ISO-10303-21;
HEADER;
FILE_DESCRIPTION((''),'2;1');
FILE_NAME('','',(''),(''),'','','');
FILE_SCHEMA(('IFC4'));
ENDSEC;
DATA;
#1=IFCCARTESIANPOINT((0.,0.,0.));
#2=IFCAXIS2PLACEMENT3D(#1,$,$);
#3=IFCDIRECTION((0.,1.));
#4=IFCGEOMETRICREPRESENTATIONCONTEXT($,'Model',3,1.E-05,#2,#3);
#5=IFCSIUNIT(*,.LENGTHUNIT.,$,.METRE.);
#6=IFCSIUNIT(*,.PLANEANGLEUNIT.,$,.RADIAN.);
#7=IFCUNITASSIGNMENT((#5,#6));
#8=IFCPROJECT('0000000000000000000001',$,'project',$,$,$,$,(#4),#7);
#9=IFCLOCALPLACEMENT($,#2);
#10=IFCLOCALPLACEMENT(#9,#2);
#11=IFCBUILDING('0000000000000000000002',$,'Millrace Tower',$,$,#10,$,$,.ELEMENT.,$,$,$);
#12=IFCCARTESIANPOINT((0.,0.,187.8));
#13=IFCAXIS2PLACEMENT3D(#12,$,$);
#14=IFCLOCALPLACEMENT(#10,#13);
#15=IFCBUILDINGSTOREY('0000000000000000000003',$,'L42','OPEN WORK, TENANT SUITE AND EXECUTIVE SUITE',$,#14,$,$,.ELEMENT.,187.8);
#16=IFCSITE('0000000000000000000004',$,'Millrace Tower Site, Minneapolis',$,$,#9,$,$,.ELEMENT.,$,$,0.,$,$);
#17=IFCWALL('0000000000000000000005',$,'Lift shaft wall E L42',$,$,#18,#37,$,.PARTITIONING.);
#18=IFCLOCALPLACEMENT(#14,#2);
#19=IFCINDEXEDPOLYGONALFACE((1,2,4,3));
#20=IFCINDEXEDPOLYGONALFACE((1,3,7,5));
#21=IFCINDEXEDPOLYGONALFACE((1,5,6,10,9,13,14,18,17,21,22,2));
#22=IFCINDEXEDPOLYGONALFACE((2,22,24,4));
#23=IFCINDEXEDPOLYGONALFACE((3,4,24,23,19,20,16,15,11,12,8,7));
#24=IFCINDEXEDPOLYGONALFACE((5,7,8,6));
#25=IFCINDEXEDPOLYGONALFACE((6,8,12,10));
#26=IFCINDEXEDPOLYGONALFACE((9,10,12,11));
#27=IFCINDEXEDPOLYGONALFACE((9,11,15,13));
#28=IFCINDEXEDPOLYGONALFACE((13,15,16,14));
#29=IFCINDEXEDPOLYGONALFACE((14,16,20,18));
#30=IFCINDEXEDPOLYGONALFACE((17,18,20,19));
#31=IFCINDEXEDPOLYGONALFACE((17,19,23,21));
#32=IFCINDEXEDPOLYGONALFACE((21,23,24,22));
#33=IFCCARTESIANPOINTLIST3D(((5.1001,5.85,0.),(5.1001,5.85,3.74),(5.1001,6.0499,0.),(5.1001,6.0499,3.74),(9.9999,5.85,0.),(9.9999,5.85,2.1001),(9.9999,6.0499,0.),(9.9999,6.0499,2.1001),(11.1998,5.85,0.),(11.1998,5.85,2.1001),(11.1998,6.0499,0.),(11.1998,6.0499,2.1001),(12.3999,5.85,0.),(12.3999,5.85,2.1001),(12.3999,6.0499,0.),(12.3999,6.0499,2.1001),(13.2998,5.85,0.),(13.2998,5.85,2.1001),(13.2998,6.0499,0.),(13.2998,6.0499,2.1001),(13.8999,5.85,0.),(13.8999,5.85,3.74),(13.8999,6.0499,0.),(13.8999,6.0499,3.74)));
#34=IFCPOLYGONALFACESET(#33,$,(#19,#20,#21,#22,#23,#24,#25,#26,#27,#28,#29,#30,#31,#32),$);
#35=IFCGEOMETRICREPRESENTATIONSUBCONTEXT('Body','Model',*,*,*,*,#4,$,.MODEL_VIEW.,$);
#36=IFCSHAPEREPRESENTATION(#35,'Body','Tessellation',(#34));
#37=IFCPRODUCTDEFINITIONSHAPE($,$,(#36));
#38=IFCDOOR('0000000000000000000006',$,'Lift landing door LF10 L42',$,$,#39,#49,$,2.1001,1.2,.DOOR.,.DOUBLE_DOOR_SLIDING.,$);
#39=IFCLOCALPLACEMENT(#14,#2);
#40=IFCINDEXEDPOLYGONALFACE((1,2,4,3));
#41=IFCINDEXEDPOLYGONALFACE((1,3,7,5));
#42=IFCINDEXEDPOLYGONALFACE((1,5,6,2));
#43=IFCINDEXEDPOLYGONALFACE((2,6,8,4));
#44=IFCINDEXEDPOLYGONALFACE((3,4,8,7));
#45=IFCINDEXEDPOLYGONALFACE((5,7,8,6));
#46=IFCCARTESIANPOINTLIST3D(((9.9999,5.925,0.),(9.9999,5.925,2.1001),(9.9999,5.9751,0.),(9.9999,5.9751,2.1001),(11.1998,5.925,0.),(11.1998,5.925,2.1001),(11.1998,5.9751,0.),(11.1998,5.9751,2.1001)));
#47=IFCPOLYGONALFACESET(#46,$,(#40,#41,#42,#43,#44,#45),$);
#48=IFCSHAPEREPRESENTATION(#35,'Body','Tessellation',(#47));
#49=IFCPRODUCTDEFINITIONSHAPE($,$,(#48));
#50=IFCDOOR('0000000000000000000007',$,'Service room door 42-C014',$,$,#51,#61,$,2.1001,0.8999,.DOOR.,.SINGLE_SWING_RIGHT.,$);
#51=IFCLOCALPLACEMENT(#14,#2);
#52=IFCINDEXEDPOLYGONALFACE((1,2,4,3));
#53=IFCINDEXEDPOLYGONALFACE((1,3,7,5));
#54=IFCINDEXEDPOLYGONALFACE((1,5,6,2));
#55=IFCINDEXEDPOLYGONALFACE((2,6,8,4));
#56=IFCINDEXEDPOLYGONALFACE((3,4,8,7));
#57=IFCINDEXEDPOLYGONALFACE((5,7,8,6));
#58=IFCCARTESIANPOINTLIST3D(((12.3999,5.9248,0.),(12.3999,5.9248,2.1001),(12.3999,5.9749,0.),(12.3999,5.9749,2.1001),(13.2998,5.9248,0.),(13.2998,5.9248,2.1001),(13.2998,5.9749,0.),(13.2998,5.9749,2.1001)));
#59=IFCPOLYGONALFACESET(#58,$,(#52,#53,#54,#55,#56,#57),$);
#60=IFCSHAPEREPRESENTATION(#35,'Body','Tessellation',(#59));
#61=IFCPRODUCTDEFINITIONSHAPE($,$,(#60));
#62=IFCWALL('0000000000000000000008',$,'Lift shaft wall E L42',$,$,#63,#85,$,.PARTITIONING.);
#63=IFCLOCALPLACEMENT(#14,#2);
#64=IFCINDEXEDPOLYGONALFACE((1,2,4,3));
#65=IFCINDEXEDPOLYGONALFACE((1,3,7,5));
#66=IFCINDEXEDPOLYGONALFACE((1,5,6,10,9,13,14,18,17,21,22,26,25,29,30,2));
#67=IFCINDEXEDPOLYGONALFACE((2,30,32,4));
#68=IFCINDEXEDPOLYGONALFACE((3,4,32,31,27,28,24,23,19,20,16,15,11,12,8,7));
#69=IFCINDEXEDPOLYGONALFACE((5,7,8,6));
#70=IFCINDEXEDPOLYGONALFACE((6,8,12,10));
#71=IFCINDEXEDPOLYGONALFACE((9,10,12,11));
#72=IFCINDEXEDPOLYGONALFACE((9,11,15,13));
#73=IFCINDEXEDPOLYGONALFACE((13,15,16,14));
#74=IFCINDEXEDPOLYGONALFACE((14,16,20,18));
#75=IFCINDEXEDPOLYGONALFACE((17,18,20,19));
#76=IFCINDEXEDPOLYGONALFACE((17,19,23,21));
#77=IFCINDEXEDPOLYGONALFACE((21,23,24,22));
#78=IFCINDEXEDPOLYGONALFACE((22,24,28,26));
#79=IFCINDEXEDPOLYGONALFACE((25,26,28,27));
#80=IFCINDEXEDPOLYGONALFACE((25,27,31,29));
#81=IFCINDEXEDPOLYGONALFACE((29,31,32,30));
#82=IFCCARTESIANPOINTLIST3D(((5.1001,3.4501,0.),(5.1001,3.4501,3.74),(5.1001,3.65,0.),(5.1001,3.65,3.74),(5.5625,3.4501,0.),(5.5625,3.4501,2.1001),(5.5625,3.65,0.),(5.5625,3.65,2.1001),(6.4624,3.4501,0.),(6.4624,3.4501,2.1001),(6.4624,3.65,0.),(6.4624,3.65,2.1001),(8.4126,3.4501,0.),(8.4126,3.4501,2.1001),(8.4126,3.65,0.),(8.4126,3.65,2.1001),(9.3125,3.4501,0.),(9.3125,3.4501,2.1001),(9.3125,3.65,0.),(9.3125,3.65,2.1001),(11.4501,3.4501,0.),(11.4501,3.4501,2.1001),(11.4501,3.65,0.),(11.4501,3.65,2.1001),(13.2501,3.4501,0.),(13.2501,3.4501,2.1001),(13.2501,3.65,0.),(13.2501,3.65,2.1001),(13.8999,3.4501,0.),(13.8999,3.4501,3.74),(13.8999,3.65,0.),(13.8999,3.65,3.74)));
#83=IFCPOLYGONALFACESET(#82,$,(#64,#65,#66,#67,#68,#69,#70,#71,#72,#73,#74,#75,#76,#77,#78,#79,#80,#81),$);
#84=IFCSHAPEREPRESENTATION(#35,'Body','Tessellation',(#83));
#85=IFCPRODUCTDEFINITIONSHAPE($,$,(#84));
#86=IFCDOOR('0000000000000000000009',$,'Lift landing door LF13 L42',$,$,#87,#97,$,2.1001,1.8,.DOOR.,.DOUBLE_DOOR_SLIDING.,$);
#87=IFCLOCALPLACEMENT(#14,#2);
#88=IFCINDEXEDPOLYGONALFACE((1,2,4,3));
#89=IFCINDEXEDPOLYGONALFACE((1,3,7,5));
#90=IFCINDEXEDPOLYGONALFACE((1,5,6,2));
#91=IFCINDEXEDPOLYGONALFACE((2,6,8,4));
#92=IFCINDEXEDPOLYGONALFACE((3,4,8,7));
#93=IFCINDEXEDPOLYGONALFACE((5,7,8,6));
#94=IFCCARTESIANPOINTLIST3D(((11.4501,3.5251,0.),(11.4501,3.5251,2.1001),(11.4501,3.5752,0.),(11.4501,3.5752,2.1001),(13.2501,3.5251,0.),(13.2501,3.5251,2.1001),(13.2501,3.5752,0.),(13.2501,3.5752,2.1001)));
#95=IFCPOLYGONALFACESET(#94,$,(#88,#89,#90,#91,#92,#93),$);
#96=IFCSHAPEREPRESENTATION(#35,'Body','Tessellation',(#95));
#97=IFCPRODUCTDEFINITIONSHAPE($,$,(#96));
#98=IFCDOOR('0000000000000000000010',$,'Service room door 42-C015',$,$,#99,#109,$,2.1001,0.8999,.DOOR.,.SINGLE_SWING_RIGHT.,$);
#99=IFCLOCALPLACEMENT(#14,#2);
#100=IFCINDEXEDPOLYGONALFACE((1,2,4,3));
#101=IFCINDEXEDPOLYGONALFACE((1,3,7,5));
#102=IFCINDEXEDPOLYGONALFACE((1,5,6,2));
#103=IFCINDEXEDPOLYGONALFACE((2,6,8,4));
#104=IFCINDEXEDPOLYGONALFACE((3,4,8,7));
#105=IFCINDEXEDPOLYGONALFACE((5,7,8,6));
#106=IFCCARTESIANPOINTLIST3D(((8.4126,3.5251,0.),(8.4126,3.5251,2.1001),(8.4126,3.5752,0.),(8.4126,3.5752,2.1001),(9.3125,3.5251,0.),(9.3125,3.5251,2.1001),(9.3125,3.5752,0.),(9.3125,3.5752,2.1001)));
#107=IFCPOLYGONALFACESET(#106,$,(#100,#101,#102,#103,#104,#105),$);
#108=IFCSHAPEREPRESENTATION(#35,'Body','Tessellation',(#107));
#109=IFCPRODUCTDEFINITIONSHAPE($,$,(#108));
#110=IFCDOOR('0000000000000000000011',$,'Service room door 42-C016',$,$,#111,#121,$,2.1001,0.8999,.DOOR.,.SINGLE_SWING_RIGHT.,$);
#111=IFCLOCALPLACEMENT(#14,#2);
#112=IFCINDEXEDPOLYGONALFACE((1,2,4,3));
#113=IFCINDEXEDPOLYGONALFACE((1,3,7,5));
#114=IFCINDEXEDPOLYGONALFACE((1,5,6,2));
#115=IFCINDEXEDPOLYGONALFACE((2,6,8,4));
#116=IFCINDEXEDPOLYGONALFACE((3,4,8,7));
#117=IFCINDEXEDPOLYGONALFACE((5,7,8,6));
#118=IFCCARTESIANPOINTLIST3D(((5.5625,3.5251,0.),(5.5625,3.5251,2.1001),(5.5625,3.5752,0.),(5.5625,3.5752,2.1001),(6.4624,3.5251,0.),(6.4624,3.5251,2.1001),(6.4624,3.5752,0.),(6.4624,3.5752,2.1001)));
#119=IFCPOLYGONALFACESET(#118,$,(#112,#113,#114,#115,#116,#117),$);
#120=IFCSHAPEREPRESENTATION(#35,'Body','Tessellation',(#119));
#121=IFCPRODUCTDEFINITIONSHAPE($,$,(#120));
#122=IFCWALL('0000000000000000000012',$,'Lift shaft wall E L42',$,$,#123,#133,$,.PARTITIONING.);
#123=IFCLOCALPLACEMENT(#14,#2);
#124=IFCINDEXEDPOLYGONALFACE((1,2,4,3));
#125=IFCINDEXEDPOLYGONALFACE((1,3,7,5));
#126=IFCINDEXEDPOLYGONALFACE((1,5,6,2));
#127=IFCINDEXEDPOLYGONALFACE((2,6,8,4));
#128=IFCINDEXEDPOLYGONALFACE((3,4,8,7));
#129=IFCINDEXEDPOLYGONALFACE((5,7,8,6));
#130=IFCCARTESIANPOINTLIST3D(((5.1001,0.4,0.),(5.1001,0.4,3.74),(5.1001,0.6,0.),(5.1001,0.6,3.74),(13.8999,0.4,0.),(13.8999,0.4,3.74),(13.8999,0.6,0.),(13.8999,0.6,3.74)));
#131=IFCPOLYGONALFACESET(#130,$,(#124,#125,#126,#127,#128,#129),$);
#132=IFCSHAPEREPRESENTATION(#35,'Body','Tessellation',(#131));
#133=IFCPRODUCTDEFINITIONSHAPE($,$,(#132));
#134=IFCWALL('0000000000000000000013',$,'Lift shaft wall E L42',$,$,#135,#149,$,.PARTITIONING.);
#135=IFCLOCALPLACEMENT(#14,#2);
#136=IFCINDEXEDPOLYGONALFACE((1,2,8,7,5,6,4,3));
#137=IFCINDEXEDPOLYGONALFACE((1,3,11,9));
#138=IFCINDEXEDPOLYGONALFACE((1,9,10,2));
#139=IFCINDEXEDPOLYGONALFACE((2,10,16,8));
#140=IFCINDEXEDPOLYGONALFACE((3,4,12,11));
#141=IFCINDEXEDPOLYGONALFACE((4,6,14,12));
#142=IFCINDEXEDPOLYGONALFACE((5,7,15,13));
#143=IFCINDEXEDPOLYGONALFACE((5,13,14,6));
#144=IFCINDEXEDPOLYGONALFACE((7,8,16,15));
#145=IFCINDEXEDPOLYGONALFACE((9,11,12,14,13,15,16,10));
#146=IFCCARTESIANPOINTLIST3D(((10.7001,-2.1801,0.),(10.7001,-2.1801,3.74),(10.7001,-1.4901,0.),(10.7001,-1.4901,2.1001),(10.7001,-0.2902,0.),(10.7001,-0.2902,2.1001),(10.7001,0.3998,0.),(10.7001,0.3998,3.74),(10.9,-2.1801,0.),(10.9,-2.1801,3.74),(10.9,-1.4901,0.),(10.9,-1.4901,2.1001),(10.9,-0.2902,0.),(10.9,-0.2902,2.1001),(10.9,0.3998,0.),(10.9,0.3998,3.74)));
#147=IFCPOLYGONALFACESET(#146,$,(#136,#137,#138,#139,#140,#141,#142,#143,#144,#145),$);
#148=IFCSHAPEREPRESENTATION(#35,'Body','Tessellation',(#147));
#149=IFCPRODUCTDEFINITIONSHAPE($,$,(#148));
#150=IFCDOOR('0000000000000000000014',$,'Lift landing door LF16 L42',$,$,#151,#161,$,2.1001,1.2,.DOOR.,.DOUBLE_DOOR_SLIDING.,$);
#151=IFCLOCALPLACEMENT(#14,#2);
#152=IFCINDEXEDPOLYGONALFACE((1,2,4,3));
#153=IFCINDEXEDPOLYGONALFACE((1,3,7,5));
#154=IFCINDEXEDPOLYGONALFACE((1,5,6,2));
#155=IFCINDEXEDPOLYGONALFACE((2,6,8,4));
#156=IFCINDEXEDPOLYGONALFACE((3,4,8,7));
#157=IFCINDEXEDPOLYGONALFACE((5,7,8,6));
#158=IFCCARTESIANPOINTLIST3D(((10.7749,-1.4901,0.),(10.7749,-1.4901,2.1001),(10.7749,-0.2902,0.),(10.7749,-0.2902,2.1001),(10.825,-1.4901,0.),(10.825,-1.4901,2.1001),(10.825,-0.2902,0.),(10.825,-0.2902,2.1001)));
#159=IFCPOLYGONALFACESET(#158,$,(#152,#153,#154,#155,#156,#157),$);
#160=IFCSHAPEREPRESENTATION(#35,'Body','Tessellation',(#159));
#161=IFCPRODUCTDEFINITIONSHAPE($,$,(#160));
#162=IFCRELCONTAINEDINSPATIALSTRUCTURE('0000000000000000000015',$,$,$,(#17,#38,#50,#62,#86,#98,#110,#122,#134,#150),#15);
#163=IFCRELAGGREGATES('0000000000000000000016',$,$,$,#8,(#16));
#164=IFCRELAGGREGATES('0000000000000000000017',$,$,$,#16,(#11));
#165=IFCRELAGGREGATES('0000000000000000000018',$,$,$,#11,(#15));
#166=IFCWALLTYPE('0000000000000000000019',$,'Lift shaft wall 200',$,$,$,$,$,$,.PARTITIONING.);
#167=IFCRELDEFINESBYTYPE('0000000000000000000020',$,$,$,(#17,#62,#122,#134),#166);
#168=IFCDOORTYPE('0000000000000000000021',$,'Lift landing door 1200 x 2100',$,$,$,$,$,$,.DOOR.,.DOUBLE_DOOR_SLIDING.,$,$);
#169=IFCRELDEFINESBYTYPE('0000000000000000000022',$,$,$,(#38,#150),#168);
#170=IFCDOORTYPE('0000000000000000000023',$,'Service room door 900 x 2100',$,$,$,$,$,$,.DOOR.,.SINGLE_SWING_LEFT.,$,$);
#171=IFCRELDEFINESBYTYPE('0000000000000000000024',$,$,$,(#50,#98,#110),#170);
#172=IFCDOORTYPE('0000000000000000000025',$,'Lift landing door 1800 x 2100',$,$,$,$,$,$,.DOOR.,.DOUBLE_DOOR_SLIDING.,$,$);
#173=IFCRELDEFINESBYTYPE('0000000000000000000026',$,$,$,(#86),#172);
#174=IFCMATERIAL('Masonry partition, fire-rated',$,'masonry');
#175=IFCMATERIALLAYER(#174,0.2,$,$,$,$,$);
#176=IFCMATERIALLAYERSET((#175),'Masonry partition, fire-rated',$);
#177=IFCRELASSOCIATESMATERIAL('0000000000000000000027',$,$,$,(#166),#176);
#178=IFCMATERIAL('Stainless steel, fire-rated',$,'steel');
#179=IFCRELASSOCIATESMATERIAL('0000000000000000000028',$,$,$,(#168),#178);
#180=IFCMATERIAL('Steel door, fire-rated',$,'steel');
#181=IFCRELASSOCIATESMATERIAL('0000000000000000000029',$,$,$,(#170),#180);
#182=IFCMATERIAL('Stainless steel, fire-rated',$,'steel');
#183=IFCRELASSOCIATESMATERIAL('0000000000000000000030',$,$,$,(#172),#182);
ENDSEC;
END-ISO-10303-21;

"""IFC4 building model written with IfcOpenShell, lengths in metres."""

from ifc_helpers import new_model, si_unit, direction, frame, frame_2d, origin, place, context, subcontext, project, spatial, rectangle, extrude, material, layer, layer_set, type_object, element, fill, save


model = new_model("IFC4")

# Units and contexts
model_context = context("Model", 3, precision=1e-05, world=origin(), true_north=direction((0.0, 1.0)))
body_context = subcontext(model_context, "Body", "Model", "MODEL_VIEW")
ifc_project = project(units=[si_unit("LENGTHUNIT", "METRE"), si_unit("PLANEANGLEUNIT", "RADIAN")], contexts=[model_context])

# Site, building, storey
site_placement = place(None, origin())
site = spatial("IfcSite", under=ifc_project, at=site_placement, Name="Millrace Tower Site, Minneapolis", CompositionType="ELEMENT", RefElevation=0.0)
building_placement = place(site_placement, origin())
building = spatial("IfcBuilding", under=site, at=building_placement, Name="Millrace Tower", CompositionType="ELEMENT")
storey_placement = place(building_placement, frame((0.0, 0.0, 187.8)))
storey = spatial("IfcBuildingStorey", under=building, at=storey_placement, Name="L42", Description="OPEN WORK, TENANT SUITE AND EXECUTIVE SUITE", CompositionType="ELEMENT", Elevation=187.8)

# Walls, openings, doors
ifc_material_1 = material(Name="Masonry partition, fire-rated", Category="masonry")
ifc_layer_1 = layer(ifc_material_1, 0.2)
ifc_layer_set_1 = layer_set([ifc_layer_1], Name="Masonry partition, fire-rated")
wall_type_1 = type_object("IfcWallType", Name="Lift shaft wall 200", PredefinedType="PARTITIONING", material=ifc_layer_set_1)
wall_1_placement = place(storey_placement, frame((13.8999, 5.95, 0.0), z_axis=(0.0, 0.0, 1.0), x_axis=(-1.0, 0.0, 0.0)))
wall_1 = element("IfcWall", 1, at=wall_1_placement, inside=storey, type_object=wall_type_1, Name="Lift shaft wall E L42", PredefinedType="PARTITIONING", context=body_context, shape_type="SweptSolid", body=[
    extrude(rectangle(XDim=8.7998, YDim=0.2, at=frame_2d((4.3999, 0.0))), origin(), (0.0, 0.0, 1.0), 3.74),
])
opening_1_placement = place(wall_1_placement, frame((2.7, 0.0, 0.0)))
opening_1 = element("IfcOpeningElement", 2, at=opening_1_placement, cuts=wall_1, PredefinedType="OPENING", context=body_context, shape_type="SweptSolid", body=[
    extrude(rectangle(XDim=1.2, YDim=2.1001, at=frame_2d((0.6001, 1.05))), frame((0.0, 0.1099, 0.0), z_axis=(0.0, -1.0, 0.0), x_axis=(1.0, 0.0, 0.0)), (0.0, 0.0, 1.0), 0.22),
])
opening_2_placement = place(wall_1_placement, frame((0.6001, 0.0, 0.0)))
opening_2 = element("IfcOpeningElement", 3, at=opening_2_placement, cuts=wall_1, PredefinedType="OPENING", context=body_context, shape_type="SweptSolid", body=[
    extrude(rectangle(XDim=0.8999, YDim=2.1001, at=frame_2d((0.45, 1.05))), frame((0.0, 0.1099, 0.0), z_axis=(0.0, -1.0, 0.0), x_axis=(1.0, 0.0, 0.0)), (0.0, 0.0, 1.0), 0.22),
])
ifc_material_2 = material(Name="Stainless steel, fire-rated", Category="steel")
door_type_1 = type_object("IfcDoorType", Name="Lift landing door 1200 x 2100", OperationType="DOUBLE_DOOR_SLIDING", PredefinedType="DOOR", material=ifc_material_2)
door_1_placement = place(opening_1_placement, origin())
door_1 = element("IfcDoor", 4, at=door_1_placement, inside=storey, type_object=door_type_1, Name="Lift landing door LF10 L42", OperationType="DOUBLE_DOOR_SLIDING", OverallHeight=2.1001, OverallWidth=1.2, PredefinedType="DOOR", context=body_context, shape_type="SweptSolid", body=[
    extrude(rectangle(XDim=1.2, YDim=2.1001, at=frame_2d((0.6001, 1.05))), frame((0.0, 0.0249, 0.0), z_axis=(0.0, -1.0, 0.0), x_axis=(1.0, 0.0, 0.0)), (0.0, 0.0, 1.0), 0.05),
])
fill(opening_1, door_1)
ifc_material_3 = material(Name="Steel door, fire-rated", Category="steel")
door_type_2 = type_object("IfcDoorType", Name="Service room door 900 x 2100", OperationType="SINGLE_SWING_LEFT", PredefinedType="DOOR", material=ifc_material_3)
door_2_placement = place(opening_2_placement, frame((0.8999, 0.0, 0.0), z_axis=(0.0, 0.0, 1.0), x_axis=(-1.0, 0.0, 0.0)))
door_2 = element("IfcDoor", 5, at=door_2_placement, inside=storey, type_object=door_type_2, Name="Service room door 42-C014", OperationType="SINGLE_SWING_RIGHT", OverallHeight=2.1001, OverallWidth=0.8999, PredefinedType="DOOR", context=body_context, shape_type="SweptSolid", body=[
    extrude(rectangle(XDim=0.8999, YDim=2.1001, at=frame_2d((0.45, 1.05))), frame((0.0, 0.0249, 0.0), z_axis=(0.0, -1.0, 0.0), x_axis=(1.0, 0.0, 0.0)), (0.0, 0.0, 1.0), 0.05),
])
fill(opening_2, door_2)
wall_2_placement = place(storey_placement, frame((13.8999, 3.55, 0.0), z_axis=(0.0, 0.0, 1.0), x_axis=(-1.0, 0.0, 0.0)))
wall_2 = element("IfcWall", 6, at=wall_2_placement, inside=storey, type_object=wall_type_1, Name="Lift shaft wall E L42", PredefinedType="PARTITIONING", context=body_context, shape_type="SweptSolid", body=[
    extrude(rectangle(XDim=8.7998, YDim=0.2, at=frame_2d((4.3999, 0.0))), origin(), (0.0, 0.0, 1.0), 3.74),
])
opening_3_placement = place(wall_2_placement, frame((0.6499, 0.0, 0.0)))
opening_3 = element("IfcOpeningElement", 7, at=opening_3_placement, cuts=wall_2, PredefinedType="OPENING", context=body_context, shape_type="SweptSolid", body=[
    extrude(rectangle(XDim=1.8, YDim=2.1001, at=frame_2d((0.8999, 1.05))), frame((0.0, 0.1099, 0.0), z_axis=(0.0, -1.0, 0.0), x_axis=(1.0, 0.0, 0.0)), (0.0, 0.0, 1.0), 0.22),
])
opening_4_placement = place(wall_2_placement, frame((4.5874, 0.0, 0.0)))
opening_4 = element("IfcOpeningElement", 8, at=opening_4_placement, cuts=wall_2, PredefinedType="OPENING", context=body_context, shape_type="SweptSolid", body=[
    extrude(rectangle(XDim=0.8999, YDim=2.1001, at=frame_2d((0.45, 1.05))), frame((0.0, 0.1099, 0.0), z_axis=(0.0, -1.0, 0.0), x_axis=(1.0, 0.0, 0.0)), (0.0, 0.0, 1.0), 0.22),
])
opening_5_placement = place(wall_2_placement, frame((7.4375, 0.0, 0.0)))
opening_5 = element("IfcOpeningElement", 9, at=opening_5_placement, cuts=wall_2, PredefinedType="OPENING", context=body_context, shape_type="SweptSolid", body=[
    extrude(rectangle(XDim=0.8999, YDim=2.1001, at=frame_2d((0.45, 1.05))), frame((0.0, 0.1099, 0.0), z_axis=(0.0, -1.0, 0.0), x_axis=(1.0, 0.0, 0.0)), (0.0, 0.0, 1.0), 0.22),
])
ifc_material_4 = material(Name="Stainless steel, fire-rated", Category="steel")
door_type_3 = type_object("IfcDoorType", Name="Lift landing door 1800 x 2100", OperationType="DOUBLE_DOOR_SLIDING", PredefinedType="DOOR", material=ifc_material_4)
door_3_placement = place(opening_3_placement, origin())
door_3 = element("IfcDoor", 10, at=door_3_placement, inside=storey, type_object=door_type_3, Name="Lift landing door LF13 L42", OperationType="DOUBLE_DOOR_SLIDING", OverallHeight=2.1001, OverallWidth=1.8, PredefinedType="DOOR", context=body_context, shape_type="SweptSolid", body=[
    extrude(rectangle(XDim=1.8, YDim=2.1001, at=frame_2d((0.8999, 1.05))), frame((0.0, 0.0249, 0.0), z_axis=(0.0, -1.0, 0.0), x_axis=(1.0, 0.0, 0.0)), (0.0, 0.0, 1.0), 0.05),
])
fill(opening_3, door_3)
door_4_placement = place(opening_4_placement, origin())
door_4 = element("IfcDoor", 11, at=door_4_placement, inside=storey, type_object=door_type_2, Name="Service room door 42-C015", OperationType="SINGLE_SWING_RIGHT", OverallHeight=2.1001, OverallWidth=0.8999, PredefinedType="DOOR", context=body_context, shape_type="SweptSolid", body=[
    extrude(rectangle(XDim=0.8999, YDim=2.1001, at=frame_2d((0.45, 1.05))), frame((0.0, 0.0249, 0.0), z_axis=(0.0, -1.0, 0.0), x_axis=(1.0, 0.0, 0.0)), (0.0, 0.0, 1.0), 0.05),
])
fill(opening_4, door_4)
door_5_placement = place(opening_5_placement, origin())
door_5 = element("IfcDoor", 12, at=door_5_placement, inside=storey, type_object=door_type_2, Name="Service room door 42-C016", OperationType="SINGLE_SWING_RIGHT", OverallHeight=2.1001, OverallWidth=0.8999, PredefinedType="DOOR", context=body_context, shape_type="SweptSolid", body=[
    extrude(rectangle(XDim=0.8999, YDim=2.1001, at=frame_2d((0.45, 1.05))), frame((0.0, 0.0249, 0.0), z_axis=(0.0, -1.0, 0.0), x_axis=(1.0, 0.0, 0.0)), (0.0, 0.0, 1.0), 0.05),
])
fill(opening_5, door_5)

# Wall
wall_3_placement = place(storey_placement, frame((13.8999, 0.5, 0.0), z_axis=(0.0, 0.0, 1.0), x_axis=(-1.0, 0.0, 0.0)))
element("IfcWall", 13, at=wall_3_placement, inside=storey, type_object=wall_type_1, Name="Lift shaft wall E L42", PredefinedType="PARTITIONING", context=body_context, shape_type="SweptSolid", body=[
    extrude(rectangle(XDim=8.7998, YDim=0.2, at=frame_2d((4.3999, 0.0))), origin(), (0.0, 0.0, 1.0), 3.74),
])

# Wall, opening, door
wall_4_placement = place(storey_placement, frame((10.8, 0.3999, 0.0), z_axis=(0.0, 0.0, 1.0), x_axis=(0.0, -1.0, 0.0)))
wall_4 = element("IfcWall", 14, at=wall_4_placement, inside=storey, type_object=wall_type_1, Name="Lift shaft wall E L42", PredefinedType="PARTITIONING", context=body_context, shape_type="SweptSolid", body=[
    extrude(rectangle(XDim=2.5798, YDim=0.2, at=frame_2d((1.29, 0.0))), origin(), (0.0, 0.0, 1.0), 3.74),
])
opening_6_placement = place(wall_4_placement, frame((0.6899, 0.0, 0.0)))
opening_6 = element("IfcOpeningElement", 15, at=opening_6_placement, cuts=wall_4, PredefinedType="OPENING", context=body_context, shape_type="SweptSolid", body=[
    extrude(rectangle(XDim=1.2, YDim=2.1001, at=frame_2d((0.6001, 1.05))), frame((0.0, 0.1099, 0.0), z_axis=(0.0, -1.0, 0.0), x_axis=(1.0, 0.0, 0.0)), (0.0, 0.0, 1.0), 0.22),
])
door_6_placement = place(opening_6_placement, origin())
door_6 = element("IfcDoor", 16, at=door_6_placement, inside=storey, type_object=door_type_1, Name="Lift landing door LF16 L42", OperationType="DOUBLE_DOOR_SLIDING", OverallHeight=2.1001, OverallWidth=1.2, PredefinedType="DOOR", context=body_context, shape_type="SweptSolid", body=[
    extrude(rectangle(XDim=1.2, YDim=2.1001, at=frame_2d((0.6001, 1.05))), frame((0.0, 0.0249, 0.0), z_axis=(0.0, -1.0, 0.0), x_axis=(1.0, 0.0, 0.0)), (0.0, 0.0, 1.0), 0.05),
])
fill(opening_6, door_6)

save(model, "model.ifc")
